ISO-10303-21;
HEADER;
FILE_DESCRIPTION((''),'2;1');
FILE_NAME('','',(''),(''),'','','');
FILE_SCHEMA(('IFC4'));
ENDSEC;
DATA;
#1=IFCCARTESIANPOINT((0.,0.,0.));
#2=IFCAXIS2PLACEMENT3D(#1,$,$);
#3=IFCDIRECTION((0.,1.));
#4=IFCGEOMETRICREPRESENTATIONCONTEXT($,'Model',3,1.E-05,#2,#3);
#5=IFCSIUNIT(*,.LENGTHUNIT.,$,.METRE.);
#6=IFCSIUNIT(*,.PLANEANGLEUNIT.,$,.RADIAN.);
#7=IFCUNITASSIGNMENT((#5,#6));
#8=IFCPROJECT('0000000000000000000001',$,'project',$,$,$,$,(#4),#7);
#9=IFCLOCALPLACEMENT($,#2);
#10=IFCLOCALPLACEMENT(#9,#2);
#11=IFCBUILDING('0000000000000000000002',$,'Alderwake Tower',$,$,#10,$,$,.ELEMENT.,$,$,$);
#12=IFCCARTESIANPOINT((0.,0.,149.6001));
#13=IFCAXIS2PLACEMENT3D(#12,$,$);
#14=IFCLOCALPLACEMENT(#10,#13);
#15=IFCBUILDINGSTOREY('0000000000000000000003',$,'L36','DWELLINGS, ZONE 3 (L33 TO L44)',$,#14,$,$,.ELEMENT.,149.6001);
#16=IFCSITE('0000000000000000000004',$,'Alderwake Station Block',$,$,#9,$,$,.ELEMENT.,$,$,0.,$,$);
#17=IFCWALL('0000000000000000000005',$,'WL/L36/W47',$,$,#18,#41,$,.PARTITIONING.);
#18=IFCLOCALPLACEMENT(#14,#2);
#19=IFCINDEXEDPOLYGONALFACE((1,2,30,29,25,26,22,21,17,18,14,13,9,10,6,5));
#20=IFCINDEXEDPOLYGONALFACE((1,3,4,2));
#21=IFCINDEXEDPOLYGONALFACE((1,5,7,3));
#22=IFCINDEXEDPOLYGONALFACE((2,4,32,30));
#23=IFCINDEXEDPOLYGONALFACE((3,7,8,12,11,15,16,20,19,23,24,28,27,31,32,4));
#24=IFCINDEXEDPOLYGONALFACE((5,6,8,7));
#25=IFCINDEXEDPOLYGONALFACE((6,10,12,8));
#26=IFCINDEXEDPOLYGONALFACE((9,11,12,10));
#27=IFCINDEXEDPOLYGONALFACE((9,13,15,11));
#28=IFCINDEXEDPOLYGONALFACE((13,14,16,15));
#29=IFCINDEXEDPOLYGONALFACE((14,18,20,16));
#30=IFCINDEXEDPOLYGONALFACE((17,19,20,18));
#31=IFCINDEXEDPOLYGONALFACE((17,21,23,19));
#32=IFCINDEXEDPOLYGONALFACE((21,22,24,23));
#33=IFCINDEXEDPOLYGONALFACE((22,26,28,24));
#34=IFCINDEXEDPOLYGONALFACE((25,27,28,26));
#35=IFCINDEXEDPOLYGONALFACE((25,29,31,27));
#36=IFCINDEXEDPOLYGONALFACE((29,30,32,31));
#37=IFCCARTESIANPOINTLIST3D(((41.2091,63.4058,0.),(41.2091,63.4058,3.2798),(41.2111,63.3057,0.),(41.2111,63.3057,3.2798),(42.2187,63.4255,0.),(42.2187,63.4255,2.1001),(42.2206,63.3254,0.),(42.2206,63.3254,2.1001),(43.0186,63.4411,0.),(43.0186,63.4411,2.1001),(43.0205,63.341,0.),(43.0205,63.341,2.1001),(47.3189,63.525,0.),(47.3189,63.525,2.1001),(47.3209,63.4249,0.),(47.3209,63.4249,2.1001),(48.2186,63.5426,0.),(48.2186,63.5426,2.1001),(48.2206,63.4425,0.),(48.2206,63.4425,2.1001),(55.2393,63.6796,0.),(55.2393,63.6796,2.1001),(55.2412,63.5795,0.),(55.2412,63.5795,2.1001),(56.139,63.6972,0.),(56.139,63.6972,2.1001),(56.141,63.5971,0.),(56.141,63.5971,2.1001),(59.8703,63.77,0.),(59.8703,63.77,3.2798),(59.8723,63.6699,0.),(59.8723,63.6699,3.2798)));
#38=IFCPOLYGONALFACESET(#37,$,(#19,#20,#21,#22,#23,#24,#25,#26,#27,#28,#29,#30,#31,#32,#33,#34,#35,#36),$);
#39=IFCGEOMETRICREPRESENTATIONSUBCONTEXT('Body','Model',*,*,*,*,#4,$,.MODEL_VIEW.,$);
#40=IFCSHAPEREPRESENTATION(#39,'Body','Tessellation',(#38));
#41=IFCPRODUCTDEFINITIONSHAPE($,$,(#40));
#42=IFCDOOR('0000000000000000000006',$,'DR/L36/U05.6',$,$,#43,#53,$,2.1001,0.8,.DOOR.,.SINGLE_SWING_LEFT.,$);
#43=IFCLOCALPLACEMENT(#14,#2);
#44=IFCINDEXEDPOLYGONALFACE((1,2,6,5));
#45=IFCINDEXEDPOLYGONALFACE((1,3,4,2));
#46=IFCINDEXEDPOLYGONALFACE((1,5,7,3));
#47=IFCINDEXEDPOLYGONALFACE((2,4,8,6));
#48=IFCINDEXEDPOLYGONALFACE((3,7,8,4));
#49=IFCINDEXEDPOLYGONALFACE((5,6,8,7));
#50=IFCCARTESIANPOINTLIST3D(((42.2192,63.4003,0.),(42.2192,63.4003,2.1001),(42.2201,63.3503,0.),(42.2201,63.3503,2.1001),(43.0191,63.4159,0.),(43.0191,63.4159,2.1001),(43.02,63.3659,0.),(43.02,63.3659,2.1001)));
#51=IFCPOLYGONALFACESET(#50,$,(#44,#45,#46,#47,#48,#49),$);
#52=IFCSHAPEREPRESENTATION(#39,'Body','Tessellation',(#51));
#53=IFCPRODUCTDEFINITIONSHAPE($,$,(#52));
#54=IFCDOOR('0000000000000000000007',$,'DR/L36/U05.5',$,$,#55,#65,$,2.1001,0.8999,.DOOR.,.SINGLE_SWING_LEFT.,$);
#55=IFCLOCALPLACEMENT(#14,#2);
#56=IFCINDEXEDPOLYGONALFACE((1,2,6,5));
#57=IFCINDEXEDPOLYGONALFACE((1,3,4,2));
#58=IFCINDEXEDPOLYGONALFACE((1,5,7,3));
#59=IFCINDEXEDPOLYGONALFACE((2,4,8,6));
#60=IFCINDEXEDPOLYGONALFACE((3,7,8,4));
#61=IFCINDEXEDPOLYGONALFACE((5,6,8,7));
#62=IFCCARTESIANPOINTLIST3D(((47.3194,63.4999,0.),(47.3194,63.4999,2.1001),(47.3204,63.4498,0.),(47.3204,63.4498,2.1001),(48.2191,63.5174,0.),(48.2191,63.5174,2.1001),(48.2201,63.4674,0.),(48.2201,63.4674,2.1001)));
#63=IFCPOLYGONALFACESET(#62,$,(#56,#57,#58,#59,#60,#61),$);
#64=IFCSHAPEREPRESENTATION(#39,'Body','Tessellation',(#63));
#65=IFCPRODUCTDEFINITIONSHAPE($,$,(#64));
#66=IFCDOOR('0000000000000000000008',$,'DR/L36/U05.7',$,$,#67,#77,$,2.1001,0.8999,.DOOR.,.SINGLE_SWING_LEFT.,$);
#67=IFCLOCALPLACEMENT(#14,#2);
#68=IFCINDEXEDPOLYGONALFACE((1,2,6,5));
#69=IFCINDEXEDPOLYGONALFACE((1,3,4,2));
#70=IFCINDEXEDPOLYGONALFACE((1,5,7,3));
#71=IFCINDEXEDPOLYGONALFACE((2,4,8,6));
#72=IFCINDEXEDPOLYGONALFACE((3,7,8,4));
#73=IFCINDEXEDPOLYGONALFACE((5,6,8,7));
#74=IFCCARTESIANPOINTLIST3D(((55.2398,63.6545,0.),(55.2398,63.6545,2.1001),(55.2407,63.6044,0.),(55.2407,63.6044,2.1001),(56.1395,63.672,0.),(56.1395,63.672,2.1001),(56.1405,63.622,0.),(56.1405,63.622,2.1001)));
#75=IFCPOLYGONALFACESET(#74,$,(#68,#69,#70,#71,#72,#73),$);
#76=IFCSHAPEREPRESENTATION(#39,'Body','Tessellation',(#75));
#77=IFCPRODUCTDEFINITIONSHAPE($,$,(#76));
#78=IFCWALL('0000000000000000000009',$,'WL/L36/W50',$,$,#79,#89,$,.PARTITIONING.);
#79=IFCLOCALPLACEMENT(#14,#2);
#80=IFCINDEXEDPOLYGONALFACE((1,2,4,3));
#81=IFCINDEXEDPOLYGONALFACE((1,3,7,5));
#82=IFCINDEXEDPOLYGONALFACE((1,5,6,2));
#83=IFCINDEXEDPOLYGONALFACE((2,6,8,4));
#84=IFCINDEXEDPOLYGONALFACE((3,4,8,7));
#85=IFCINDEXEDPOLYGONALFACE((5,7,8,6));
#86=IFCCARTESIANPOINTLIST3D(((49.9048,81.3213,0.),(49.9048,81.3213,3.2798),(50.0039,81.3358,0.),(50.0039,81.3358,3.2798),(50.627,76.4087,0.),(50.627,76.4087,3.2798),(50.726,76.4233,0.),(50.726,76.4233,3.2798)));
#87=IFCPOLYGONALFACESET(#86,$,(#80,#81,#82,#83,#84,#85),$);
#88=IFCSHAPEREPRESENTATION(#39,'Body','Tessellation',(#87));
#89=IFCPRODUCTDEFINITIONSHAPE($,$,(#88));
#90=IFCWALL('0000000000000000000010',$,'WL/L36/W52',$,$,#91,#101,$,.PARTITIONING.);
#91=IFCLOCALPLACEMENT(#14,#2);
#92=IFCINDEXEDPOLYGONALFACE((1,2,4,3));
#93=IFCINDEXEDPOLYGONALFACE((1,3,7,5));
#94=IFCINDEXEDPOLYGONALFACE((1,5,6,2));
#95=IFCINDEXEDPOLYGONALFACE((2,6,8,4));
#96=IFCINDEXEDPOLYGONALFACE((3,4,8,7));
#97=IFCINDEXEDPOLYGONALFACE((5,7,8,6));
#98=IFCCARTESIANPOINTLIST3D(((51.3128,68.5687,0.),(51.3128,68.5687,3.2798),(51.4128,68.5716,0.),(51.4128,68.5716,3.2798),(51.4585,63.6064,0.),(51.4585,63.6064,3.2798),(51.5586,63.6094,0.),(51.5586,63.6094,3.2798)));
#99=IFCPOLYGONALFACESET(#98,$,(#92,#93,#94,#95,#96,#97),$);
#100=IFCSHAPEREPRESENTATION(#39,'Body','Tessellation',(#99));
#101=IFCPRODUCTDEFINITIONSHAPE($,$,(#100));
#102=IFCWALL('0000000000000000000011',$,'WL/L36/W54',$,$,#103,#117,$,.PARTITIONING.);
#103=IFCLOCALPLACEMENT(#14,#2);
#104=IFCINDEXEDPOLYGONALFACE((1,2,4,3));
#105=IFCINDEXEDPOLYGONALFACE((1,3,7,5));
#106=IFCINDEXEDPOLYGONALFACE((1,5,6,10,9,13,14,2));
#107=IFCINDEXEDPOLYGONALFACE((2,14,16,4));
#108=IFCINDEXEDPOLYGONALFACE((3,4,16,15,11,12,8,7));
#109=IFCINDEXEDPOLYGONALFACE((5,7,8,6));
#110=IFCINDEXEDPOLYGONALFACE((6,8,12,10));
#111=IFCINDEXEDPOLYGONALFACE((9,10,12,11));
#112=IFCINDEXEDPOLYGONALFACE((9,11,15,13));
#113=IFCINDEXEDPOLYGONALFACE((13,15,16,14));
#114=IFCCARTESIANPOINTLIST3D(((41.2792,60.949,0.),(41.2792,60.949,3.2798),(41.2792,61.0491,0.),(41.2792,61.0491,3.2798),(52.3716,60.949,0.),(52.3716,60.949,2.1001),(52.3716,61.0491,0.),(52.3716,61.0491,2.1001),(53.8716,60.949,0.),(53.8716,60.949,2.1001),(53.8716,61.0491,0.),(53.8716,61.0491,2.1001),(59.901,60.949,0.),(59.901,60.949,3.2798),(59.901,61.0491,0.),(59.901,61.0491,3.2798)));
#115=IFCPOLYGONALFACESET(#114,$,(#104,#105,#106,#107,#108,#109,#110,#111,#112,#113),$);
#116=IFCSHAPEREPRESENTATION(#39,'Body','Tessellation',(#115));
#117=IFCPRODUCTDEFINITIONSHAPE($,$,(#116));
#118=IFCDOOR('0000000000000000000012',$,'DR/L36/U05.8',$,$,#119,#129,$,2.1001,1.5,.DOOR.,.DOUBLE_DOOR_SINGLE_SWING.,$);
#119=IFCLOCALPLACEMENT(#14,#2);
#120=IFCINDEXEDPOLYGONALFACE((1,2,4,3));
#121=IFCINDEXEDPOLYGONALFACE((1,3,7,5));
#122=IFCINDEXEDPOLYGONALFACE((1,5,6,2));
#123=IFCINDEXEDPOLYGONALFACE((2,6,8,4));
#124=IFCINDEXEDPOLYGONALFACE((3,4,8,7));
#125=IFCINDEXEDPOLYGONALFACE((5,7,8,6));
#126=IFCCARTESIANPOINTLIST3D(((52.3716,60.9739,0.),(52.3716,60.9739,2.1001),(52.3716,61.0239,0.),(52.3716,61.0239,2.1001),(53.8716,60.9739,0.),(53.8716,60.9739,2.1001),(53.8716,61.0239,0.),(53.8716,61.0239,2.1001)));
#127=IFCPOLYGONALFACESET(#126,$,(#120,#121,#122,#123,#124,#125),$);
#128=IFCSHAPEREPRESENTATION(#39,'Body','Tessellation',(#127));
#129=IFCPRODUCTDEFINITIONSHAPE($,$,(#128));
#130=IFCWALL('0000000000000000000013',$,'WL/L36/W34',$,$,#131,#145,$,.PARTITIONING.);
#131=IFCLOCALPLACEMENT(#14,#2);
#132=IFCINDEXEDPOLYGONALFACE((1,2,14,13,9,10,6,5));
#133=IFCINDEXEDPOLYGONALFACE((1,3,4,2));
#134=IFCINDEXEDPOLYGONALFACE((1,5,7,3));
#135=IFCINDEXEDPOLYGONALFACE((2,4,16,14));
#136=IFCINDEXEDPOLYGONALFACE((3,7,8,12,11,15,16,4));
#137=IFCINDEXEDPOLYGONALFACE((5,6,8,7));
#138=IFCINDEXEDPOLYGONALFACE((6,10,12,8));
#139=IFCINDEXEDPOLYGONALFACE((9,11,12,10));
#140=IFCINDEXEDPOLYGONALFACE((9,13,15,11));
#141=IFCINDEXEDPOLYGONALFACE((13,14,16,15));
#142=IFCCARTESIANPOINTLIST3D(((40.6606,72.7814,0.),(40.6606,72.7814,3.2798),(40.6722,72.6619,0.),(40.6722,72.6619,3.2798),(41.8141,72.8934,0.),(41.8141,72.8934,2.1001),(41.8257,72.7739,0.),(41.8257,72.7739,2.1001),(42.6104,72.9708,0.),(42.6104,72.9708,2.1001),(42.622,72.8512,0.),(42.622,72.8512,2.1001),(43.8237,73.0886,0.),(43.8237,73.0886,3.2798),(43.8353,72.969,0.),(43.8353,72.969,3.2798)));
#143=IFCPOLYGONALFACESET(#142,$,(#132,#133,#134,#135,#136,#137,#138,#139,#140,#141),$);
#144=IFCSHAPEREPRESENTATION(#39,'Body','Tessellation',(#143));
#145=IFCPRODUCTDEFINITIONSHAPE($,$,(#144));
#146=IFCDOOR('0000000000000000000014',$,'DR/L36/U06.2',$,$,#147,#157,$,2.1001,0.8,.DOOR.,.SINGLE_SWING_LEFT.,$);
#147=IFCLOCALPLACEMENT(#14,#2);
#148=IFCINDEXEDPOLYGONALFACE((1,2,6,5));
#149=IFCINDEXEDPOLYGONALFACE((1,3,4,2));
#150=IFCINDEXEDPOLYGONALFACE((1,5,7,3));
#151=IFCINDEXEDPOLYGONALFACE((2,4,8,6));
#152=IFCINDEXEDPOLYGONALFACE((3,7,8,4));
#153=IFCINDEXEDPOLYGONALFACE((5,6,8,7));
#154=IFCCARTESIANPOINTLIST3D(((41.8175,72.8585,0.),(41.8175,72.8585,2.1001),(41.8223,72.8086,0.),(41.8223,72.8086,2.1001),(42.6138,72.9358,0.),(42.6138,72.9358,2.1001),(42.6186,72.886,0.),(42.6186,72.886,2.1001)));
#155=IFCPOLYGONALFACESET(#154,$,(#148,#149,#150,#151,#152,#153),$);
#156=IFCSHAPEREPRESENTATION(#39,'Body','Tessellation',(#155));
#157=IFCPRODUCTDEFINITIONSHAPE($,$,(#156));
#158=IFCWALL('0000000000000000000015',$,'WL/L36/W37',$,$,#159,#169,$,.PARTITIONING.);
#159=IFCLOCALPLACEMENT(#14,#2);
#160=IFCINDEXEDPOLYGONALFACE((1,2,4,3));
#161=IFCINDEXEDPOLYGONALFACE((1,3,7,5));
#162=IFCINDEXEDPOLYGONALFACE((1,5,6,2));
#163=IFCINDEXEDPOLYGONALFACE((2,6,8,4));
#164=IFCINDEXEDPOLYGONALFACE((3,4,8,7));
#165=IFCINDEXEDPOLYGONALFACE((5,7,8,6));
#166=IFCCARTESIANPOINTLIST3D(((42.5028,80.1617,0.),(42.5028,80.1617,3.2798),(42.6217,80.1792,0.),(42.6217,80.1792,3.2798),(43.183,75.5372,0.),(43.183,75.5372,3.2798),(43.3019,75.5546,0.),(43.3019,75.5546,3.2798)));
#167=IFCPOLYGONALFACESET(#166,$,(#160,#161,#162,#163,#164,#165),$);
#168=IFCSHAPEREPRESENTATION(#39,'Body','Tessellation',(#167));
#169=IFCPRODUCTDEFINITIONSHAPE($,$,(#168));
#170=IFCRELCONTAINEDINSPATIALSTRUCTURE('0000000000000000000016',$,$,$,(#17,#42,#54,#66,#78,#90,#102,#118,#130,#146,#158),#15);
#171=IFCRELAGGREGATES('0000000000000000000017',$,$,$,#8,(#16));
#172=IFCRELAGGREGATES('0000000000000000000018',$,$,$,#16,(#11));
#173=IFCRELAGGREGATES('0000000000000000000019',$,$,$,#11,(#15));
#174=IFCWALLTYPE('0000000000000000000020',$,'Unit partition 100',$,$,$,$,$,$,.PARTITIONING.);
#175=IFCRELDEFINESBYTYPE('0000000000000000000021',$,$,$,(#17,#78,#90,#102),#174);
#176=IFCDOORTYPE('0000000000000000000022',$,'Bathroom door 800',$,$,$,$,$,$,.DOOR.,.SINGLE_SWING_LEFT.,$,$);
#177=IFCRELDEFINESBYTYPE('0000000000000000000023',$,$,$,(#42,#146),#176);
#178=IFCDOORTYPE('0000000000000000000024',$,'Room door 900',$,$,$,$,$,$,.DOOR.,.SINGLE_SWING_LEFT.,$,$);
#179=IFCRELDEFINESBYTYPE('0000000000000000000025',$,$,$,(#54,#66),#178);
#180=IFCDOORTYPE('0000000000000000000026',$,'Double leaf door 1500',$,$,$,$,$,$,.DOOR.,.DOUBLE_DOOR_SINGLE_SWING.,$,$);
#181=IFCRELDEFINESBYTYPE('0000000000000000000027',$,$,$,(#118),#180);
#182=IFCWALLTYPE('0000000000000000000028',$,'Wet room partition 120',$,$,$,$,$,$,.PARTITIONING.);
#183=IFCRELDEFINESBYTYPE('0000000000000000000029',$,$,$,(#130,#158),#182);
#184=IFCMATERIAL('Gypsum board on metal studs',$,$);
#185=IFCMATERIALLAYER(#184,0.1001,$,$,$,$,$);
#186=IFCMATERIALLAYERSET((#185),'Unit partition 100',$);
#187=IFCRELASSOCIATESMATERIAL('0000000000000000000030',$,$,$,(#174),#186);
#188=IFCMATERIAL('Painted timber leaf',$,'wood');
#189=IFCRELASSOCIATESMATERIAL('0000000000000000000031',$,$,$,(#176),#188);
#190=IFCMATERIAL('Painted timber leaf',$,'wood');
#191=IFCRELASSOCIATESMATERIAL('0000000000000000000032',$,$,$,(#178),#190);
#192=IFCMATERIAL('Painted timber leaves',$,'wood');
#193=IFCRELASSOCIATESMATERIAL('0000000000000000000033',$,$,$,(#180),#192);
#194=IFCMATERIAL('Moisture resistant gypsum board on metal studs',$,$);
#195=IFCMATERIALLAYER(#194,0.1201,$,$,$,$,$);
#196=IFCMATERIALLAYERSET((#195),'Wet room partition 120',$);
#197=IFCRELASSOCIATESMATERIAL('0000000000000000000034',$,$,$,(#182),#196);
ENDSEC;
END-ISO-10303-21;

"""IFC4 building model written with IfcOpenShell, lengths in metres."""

from ifc_helpers import new_model, si_unit, direction, frame, frame_2d, origin, place, context, subcontext, project, spatial, rectangle, extrude, material, layer, layer_set, type_object, element, fill, save


model = new_model("IFC4")

# Units and contexts
model_context = context("Model", 3, precision=1e-05, world=origin(), true_north=direction((0.0, 1.0)))
body_context = subcontext(model_context, "Body", "Model", "MODEL_VIEW")
ifc_project = project(units=[si_unit("LENGTHUNIT", "METRE"), si_unit("PLANEANGLEUNIT", "RADIAN")], contexts=[model_context])

# Site, building, storey
site_placement = place(None, origin())
site = spatial("IfcSite", under=ifc_project, at=site_placement, Name="Alderwake Station Block", CompositionType="ELEMENT", RefElevation=0.0)
building_placement = place(site_placement, origin())
building = spatial("IfcBuilding", under=site, at=building_placement, Name="Alderwake Tower", CompositionType="ELEMENT")
storey_placement = place(building_placement, frame((0.0, 0.0, 149.6001)))
storey = spatial("IfcBuildingStorey", under=building, at=storey_placement, Name="L36", Description="DWELLINGS, ZONE 3 (L33 TO L44)", CompositionType="ELEMENT", Elevation=149.6001)

# Wall, openings, doors
ifc_material_1 = material(Name="Gypsum board on metal studs")
ifc_layer_1 = layer(ifc_material_1, 0.1001)
ifc_layer_set_1 = layer_set([ifc_layer_1], Name="Unit partition 100")
wall_type_1 = type_object("IfcWallType", Name="Unit partition 100", PredefinedType="PARTITIONING", material=ifc_layer_set_1)
wall_1_placement = place(storey_placement, frame((41.21, 63.3557, 0.0), z_axis=(0.0, 0.0, 1.0), x_axis=(0.99981, 0.019516, 0.0)))
wall_1 = element("IfcWall", 1, at=wall_1_placement, inside=storey, type_object=wall_type_1, Name="WL/L36/W47", PredefinedType="PARTITIONING", context=body_context, shape_type="SweptSolid", body=[
    extrude(rectangle(XDim=18.6648, YDim=0.1001, at=frame_2d((9.3325, 0.0))), origin(), (0.0, 0.0, 1.0), 3.2798),
])
opening_1_placement = place(wall_1_placement, frame((6.1111, 0.0, 0.0)))
opening_1 = element("IfcOpeningElement", 2, at=opening_1_placement, cuts=wall_1, PredefinedType="OPENING", context=body_context, shape_type="SweptSolid", body=[
    extrude(rectangle(XDim=0.8999, YDim=2.1001, at=frame_2d((0.45, 1.05))), frame((0.0, 0.0601, 0.0), z_axis=(0.0, -1.0, 0.0), x_axis=(1.0, 0.0, 0.0)), (0.0, 0.0, 1.0), 0.1201),
])
opening_2_placement = place(wall_1_placement, frame((1.01, 0.0, 0.0)))
opening_2 = element("IfcOpeningElement", 3, at=opening_2_placement, cuts=wall_1, PredefinedType="OPENING", context=body_context, shape_type="SweptSolid", body=[
    extrude(rectangle(XDim=0.8, YDim=2.1001, at=frame_2d((0.3999, 1.05))), frame((0.0, 0.0601, 0.0), z_axis=(0.0, -1.0, 0.0), x_axis=(1.0, 0.0, 0.0)), (0.0, 0.0, 1.0), 0.1201),
])
opening_3_placement = place(wall_1_placement, frame((14.033, 0.0, 0.0)))
opening_3 = element("IfcOpeningElement", 4, at=opening_3_placement, cuts=wall_1, PredefinedType="OPENING", context=body_context, shape_type="SweptSolid", body=[
    extrude(rectangle(XDim=0.8999, YDim=2.1001, at=frame_2d((0.45, 1.05))), frame((0.0, 0.0601, 0.0), z_axis=(0.0, -1.0, 0.0), x_axis=(1.0, 0.0, 0.0)), (0.0, 0.0, 1.0), 0.1201),
])
ifc_material_2 = material(Name="Painted timber leaf", Category="wood")
door_type_1 = type_object("IfcDoorType", Name="Bathroom door 800", OperationType="SINGLE_SWING_LEFT", PredefinedType="DOOR", material=ifc_material_2)
door_1_placement = place(opening_2_placement, origin())
door_1 = element("IfcDoor", 5, at=door_1_placement, inside=storey, type_object=door_type_1, Name="DR/L36/U05.6", OperationType="SINGLE_SWING_LEFT", OverallHeight=2.1001, OverallWidth=0.8, PredefinedType="DOOR", context=body_context, shape_type="SweptSolid", body=[
    extrude(rectangle(XDim=0.8, YDim=2.1001, at=frame_2d((0.3999, 1.05))), frame((0.0, 0.0249, 0.0), z_axis=(0.0, -1.0, 0.0), x_axis=(1.0, 0.0, 0.0)), (0.0, 0.0, 1.0), 0.05),
])
fill(opening_2, door_1)
ifc_material_3 = material(Name="Painted timber leaf", Category="wood")
door_type_2 = type_object("IfcDoorType", Name="Room door 900", OperationType="SINGLE_SWING_LEFT", PredefinedType="DOOR", material=ifc_material_3)
door_2_placement = place(opening_1_placement, origin())
door_2 = element("IfcDoor", 6, at=door_2_placement, inside=storey, type_object=door_type_2, Name="DR/L36/U05.5", OperationType="SINGLE_SWING_LEFT", OverallHeight=2.1001, OverallWidth=0.8999, PredefinedType="DOOR", context=body_context, shape_type="SweptSolid", body=[
    extrude(rectangle(XDim=0.8999, YDim=2.1001, at=frame_2d((0.45, 1.05))), frame((0.0, 0.0249, 0.0), z_axis=(0.0, -1.0, 0.0), x_axis=(1.0, 0.0, 0.0)), (0.0, 0.0, 1.0), 0.05),
])
fill(opening_1, door_2)
door_3_placement = place(opening_3_placement, origin())
door_3 = element("IfcDoor", 7, at=door_3_placement, inside=storey, type_object=door_type_2, Name="DR/L36/U05.7", OperationType="SINGLE_SWING_LEFT", OverallHeight=2.1001, OverallWidth=0.8999, PredefinedType="DOOR", context=body_context, shape_type="SweptSolid", body=[
    extrude(rectangle(XDim=0.8999, YDim=2.1001, at=frame_2d((0.45, 1.05))), frame((0.0, 0.0249, 0.0), z_axis=(0.0, -1.0, 0.0), x_axis=(1.0, 0.0, 0.0)), (0.0, 0.0, 1.0), 0.05),
])
fill(opening_3, door_3)

# Walls
wall_2_placement = place(storey_placement, frame((50.6765, 76.416, 0.0), z_axis=(0.0, 0.0, 1.0), x_axis=(-0.14544, 0.989367, 0.0)))
element("IfcWall", 8, at=wall_2_placement, inside=storey, type_object=wall_type_1, Name="WL/L36/W50", PredefinedType="PARTITIONING", context=body_context, shape_type="SweptSolid", body=[
    extrude(rectangle(XDim=4.9653, YDim=0.1001, at=frame_2d((2.4827, 0.0))), origin(), (0.0, 0.0, 1.0), 3.2798),
])
wall_3_placement = place(storey_placement, frame((51.5085, 63.6079, 0.0), z_axis=(0.0, 0.0, 1.0), x_axis=(-0.02936, 0.999569, 0.0)))
element("IfcWall", 9, at=wall_3_placement, inside=storey, type_object=wall_type_1, Name="WL/L36/W52", PredefinedType="PARTITIONING", context=body_context, shape_type="SweptSolid", body=[
    extrude(rectangle(XDim=4.9644, YDim=0.1001, at=frame_2d((2.4822, 0.0))), origin(), (0.0, 0.0, 1.0), 3.2798),
])

# Walls, openings, doors
wall_4_placement = place(storey_placement, frame((41.2791, 60.999, 0.0), z_axis=(0.0, 0.0, 1.0), x_axis=(1.0, 0.0, 0.0)))
wall_4 = element("IfcWall", 10, at=wall_4_placement, inside=storey, type_object=wall_type_1, Name="WL/L36/W54", PredefinedType="PARTITIONING", context=body_context, shape_type="SweptSolid", body=[
    extrude(rectangle(XDim=18.6218, YDim=0.1001, at=frame_2d((9.311, 0.0))), origin(), (0.0, 0.0, 1.0), 3.2798),
])
opening_4_placement = place(wall_4_placement, frame((11.0925, 0.0, 0.0)))
opening_4 = element("IfcOpeningElement", 11, at=opening_4_placement, cuts=wall_4, PredefinedType="OPENING", context=body_context, shape_type="SweptSolid", body=[
    extrude(rectangle(XDim=1.5, YDim=2.1001, at=frame_2d((0.75, 1.05))), frame((0.0, 0.0601, 0.0), z_axis=(0.0, -1.0, 0.0), x_axis=(1.0, 0.0, 0.0)), (0.0, 0.0, 1.0), 0.1201),
])
ifc_material_4 = material(Name="Painted timber leaves", Category="wood")
door_type_3 = type_object("IfcDoorType", Name="Double leaf door 1500", OperationType="DOUBLE_DOOR_SINGLE_SWING", PredefinedType="DOOR", material=ifc_material_4)
door_4_placement = place(opening_4_placement, origin())
door_4 = element("IfcDoor", 12, at=door_4_placement, inside=storey, type_object=door_type_3, Name="DR/L36/U05.8", OperationType="DOUBLE_DOOR_SINGLE_SWING", OverallHeight=2.1001, OverallWidth=1.5, PredefinedType="DOOR", context=body_context, shape_type="SweptSolid", body=[
    extrude(rectangle(XDim=1.5, YDim=2.1001, at=frame_2d((0.75, 1.05))), frame((0.0, 0.0249, 0.0), z_axis=(0.0, -1.0, 0.0), x_axis=(1.0, 0.0, 0.0)), (0.0, 0.0, 1.0), 0.05),
])
fill(opening_4, door_4)
ifc_material_5 = material(Name="Moisture resistant gypsum board on metal studs")
ifc_layer_2 = layer(ifc_material_5, 0.1201)
ifc_layer_set_2 = layer_set([ifc_layer_2], Name="Wet room partition 120")
wall_type_2 = type_object("IfcWallType", Name="Wet room partition 120", PredefinedType="PARTITIONING", material=ifc_layer_set_2)
wall_5_placement = place(storey_placement, frame((40.6665, 72.7217, 0.0), z_axis=(0.0, 0.0, 1.0), x_axis=(0.995319, 0.096643, 0.0)))
wall_5 = element("IfcWall", 13, at=wall_5_placement, inside=storey, type_object=wall_type_2, Name="WL/L36/W34", PredefinedType="PARTITIONING", context=body_context, shape_type="SweptSolid", body=[
    extrude(rectangle(XDim=3.178, YDim=0.1201, at=frame_2d((1.5889, 0.0))), origin(), (0.0, 0.0, 1.0), 3.2798),
])
opening_5_placement = place(wall_5_placement, frame((1.1589, 0.0, 0.0)))
opening_5 = element("IfcOpeningElement", 14, at=opening_5_placement, cuts=wall_5, PredefinedType="OPENING", context=body_context, shape_type="SweptSolid", body=[
    extrude(rectangle(XDim=0.8, YDim=2.1001, at=frame_2d((0.3999, 1.05))), frame((0.0, 0.0701, 0.0), z_axis=(0.0, -1.0, 0.0), x_axis=(1.0, 0.0, 0.0)), (0.0, 0.0, 1.0), 0.1401),
])
door_5_placement = place(opening_5_placement, origin())
door_5 = element("IfcDoor", 15, at=door_5_placement, inside=storey, type_object=door_type_1, Name="DR/L36/U06.2", OperationType="SINGLE_SWING_LEFT", OverallHeight=2.1001, OverallWidth=0.8, PredefinedType="DOOR", context=body_context, shape_type="SweptSolid", body=[
    extrude(rectangle(XDim=0.8, YDim=2.1001, at=frame_2d((0.3999, 1.05))), frame((0.0, 0.0249, 0.0), z_axis=(0.0, -1.0, 0.0), x_axis=(1.0, 0.0, 0.0)), (0.0, 0.0, 1.0), 0.05),
])
fill(opening_5, door_5)

# Wall
wall_6_placement = place(storey_placement, frame((43.2424, 75.5459, 0.0), z_axis=(0.0, 0.0, 1.0), x_axis=(-0.145515, 0.989356, 0.0)))
element("IfcWall", 16, at=wall_6_placement, inside=storey, type_object=wall_type_2, Name="WL/L36/W37", PredefinedType="PARTITIONING", context=body_context, shape_type="SweptSolid", body=[
    extrude(rectangle(XDim=4.6743, YDim=0.1201, at=frame_2d((2.3372, 0.0))), origin(), (0.0, 0.0, 1.0), 3.2798),
])

save(model, "model.ifc")
